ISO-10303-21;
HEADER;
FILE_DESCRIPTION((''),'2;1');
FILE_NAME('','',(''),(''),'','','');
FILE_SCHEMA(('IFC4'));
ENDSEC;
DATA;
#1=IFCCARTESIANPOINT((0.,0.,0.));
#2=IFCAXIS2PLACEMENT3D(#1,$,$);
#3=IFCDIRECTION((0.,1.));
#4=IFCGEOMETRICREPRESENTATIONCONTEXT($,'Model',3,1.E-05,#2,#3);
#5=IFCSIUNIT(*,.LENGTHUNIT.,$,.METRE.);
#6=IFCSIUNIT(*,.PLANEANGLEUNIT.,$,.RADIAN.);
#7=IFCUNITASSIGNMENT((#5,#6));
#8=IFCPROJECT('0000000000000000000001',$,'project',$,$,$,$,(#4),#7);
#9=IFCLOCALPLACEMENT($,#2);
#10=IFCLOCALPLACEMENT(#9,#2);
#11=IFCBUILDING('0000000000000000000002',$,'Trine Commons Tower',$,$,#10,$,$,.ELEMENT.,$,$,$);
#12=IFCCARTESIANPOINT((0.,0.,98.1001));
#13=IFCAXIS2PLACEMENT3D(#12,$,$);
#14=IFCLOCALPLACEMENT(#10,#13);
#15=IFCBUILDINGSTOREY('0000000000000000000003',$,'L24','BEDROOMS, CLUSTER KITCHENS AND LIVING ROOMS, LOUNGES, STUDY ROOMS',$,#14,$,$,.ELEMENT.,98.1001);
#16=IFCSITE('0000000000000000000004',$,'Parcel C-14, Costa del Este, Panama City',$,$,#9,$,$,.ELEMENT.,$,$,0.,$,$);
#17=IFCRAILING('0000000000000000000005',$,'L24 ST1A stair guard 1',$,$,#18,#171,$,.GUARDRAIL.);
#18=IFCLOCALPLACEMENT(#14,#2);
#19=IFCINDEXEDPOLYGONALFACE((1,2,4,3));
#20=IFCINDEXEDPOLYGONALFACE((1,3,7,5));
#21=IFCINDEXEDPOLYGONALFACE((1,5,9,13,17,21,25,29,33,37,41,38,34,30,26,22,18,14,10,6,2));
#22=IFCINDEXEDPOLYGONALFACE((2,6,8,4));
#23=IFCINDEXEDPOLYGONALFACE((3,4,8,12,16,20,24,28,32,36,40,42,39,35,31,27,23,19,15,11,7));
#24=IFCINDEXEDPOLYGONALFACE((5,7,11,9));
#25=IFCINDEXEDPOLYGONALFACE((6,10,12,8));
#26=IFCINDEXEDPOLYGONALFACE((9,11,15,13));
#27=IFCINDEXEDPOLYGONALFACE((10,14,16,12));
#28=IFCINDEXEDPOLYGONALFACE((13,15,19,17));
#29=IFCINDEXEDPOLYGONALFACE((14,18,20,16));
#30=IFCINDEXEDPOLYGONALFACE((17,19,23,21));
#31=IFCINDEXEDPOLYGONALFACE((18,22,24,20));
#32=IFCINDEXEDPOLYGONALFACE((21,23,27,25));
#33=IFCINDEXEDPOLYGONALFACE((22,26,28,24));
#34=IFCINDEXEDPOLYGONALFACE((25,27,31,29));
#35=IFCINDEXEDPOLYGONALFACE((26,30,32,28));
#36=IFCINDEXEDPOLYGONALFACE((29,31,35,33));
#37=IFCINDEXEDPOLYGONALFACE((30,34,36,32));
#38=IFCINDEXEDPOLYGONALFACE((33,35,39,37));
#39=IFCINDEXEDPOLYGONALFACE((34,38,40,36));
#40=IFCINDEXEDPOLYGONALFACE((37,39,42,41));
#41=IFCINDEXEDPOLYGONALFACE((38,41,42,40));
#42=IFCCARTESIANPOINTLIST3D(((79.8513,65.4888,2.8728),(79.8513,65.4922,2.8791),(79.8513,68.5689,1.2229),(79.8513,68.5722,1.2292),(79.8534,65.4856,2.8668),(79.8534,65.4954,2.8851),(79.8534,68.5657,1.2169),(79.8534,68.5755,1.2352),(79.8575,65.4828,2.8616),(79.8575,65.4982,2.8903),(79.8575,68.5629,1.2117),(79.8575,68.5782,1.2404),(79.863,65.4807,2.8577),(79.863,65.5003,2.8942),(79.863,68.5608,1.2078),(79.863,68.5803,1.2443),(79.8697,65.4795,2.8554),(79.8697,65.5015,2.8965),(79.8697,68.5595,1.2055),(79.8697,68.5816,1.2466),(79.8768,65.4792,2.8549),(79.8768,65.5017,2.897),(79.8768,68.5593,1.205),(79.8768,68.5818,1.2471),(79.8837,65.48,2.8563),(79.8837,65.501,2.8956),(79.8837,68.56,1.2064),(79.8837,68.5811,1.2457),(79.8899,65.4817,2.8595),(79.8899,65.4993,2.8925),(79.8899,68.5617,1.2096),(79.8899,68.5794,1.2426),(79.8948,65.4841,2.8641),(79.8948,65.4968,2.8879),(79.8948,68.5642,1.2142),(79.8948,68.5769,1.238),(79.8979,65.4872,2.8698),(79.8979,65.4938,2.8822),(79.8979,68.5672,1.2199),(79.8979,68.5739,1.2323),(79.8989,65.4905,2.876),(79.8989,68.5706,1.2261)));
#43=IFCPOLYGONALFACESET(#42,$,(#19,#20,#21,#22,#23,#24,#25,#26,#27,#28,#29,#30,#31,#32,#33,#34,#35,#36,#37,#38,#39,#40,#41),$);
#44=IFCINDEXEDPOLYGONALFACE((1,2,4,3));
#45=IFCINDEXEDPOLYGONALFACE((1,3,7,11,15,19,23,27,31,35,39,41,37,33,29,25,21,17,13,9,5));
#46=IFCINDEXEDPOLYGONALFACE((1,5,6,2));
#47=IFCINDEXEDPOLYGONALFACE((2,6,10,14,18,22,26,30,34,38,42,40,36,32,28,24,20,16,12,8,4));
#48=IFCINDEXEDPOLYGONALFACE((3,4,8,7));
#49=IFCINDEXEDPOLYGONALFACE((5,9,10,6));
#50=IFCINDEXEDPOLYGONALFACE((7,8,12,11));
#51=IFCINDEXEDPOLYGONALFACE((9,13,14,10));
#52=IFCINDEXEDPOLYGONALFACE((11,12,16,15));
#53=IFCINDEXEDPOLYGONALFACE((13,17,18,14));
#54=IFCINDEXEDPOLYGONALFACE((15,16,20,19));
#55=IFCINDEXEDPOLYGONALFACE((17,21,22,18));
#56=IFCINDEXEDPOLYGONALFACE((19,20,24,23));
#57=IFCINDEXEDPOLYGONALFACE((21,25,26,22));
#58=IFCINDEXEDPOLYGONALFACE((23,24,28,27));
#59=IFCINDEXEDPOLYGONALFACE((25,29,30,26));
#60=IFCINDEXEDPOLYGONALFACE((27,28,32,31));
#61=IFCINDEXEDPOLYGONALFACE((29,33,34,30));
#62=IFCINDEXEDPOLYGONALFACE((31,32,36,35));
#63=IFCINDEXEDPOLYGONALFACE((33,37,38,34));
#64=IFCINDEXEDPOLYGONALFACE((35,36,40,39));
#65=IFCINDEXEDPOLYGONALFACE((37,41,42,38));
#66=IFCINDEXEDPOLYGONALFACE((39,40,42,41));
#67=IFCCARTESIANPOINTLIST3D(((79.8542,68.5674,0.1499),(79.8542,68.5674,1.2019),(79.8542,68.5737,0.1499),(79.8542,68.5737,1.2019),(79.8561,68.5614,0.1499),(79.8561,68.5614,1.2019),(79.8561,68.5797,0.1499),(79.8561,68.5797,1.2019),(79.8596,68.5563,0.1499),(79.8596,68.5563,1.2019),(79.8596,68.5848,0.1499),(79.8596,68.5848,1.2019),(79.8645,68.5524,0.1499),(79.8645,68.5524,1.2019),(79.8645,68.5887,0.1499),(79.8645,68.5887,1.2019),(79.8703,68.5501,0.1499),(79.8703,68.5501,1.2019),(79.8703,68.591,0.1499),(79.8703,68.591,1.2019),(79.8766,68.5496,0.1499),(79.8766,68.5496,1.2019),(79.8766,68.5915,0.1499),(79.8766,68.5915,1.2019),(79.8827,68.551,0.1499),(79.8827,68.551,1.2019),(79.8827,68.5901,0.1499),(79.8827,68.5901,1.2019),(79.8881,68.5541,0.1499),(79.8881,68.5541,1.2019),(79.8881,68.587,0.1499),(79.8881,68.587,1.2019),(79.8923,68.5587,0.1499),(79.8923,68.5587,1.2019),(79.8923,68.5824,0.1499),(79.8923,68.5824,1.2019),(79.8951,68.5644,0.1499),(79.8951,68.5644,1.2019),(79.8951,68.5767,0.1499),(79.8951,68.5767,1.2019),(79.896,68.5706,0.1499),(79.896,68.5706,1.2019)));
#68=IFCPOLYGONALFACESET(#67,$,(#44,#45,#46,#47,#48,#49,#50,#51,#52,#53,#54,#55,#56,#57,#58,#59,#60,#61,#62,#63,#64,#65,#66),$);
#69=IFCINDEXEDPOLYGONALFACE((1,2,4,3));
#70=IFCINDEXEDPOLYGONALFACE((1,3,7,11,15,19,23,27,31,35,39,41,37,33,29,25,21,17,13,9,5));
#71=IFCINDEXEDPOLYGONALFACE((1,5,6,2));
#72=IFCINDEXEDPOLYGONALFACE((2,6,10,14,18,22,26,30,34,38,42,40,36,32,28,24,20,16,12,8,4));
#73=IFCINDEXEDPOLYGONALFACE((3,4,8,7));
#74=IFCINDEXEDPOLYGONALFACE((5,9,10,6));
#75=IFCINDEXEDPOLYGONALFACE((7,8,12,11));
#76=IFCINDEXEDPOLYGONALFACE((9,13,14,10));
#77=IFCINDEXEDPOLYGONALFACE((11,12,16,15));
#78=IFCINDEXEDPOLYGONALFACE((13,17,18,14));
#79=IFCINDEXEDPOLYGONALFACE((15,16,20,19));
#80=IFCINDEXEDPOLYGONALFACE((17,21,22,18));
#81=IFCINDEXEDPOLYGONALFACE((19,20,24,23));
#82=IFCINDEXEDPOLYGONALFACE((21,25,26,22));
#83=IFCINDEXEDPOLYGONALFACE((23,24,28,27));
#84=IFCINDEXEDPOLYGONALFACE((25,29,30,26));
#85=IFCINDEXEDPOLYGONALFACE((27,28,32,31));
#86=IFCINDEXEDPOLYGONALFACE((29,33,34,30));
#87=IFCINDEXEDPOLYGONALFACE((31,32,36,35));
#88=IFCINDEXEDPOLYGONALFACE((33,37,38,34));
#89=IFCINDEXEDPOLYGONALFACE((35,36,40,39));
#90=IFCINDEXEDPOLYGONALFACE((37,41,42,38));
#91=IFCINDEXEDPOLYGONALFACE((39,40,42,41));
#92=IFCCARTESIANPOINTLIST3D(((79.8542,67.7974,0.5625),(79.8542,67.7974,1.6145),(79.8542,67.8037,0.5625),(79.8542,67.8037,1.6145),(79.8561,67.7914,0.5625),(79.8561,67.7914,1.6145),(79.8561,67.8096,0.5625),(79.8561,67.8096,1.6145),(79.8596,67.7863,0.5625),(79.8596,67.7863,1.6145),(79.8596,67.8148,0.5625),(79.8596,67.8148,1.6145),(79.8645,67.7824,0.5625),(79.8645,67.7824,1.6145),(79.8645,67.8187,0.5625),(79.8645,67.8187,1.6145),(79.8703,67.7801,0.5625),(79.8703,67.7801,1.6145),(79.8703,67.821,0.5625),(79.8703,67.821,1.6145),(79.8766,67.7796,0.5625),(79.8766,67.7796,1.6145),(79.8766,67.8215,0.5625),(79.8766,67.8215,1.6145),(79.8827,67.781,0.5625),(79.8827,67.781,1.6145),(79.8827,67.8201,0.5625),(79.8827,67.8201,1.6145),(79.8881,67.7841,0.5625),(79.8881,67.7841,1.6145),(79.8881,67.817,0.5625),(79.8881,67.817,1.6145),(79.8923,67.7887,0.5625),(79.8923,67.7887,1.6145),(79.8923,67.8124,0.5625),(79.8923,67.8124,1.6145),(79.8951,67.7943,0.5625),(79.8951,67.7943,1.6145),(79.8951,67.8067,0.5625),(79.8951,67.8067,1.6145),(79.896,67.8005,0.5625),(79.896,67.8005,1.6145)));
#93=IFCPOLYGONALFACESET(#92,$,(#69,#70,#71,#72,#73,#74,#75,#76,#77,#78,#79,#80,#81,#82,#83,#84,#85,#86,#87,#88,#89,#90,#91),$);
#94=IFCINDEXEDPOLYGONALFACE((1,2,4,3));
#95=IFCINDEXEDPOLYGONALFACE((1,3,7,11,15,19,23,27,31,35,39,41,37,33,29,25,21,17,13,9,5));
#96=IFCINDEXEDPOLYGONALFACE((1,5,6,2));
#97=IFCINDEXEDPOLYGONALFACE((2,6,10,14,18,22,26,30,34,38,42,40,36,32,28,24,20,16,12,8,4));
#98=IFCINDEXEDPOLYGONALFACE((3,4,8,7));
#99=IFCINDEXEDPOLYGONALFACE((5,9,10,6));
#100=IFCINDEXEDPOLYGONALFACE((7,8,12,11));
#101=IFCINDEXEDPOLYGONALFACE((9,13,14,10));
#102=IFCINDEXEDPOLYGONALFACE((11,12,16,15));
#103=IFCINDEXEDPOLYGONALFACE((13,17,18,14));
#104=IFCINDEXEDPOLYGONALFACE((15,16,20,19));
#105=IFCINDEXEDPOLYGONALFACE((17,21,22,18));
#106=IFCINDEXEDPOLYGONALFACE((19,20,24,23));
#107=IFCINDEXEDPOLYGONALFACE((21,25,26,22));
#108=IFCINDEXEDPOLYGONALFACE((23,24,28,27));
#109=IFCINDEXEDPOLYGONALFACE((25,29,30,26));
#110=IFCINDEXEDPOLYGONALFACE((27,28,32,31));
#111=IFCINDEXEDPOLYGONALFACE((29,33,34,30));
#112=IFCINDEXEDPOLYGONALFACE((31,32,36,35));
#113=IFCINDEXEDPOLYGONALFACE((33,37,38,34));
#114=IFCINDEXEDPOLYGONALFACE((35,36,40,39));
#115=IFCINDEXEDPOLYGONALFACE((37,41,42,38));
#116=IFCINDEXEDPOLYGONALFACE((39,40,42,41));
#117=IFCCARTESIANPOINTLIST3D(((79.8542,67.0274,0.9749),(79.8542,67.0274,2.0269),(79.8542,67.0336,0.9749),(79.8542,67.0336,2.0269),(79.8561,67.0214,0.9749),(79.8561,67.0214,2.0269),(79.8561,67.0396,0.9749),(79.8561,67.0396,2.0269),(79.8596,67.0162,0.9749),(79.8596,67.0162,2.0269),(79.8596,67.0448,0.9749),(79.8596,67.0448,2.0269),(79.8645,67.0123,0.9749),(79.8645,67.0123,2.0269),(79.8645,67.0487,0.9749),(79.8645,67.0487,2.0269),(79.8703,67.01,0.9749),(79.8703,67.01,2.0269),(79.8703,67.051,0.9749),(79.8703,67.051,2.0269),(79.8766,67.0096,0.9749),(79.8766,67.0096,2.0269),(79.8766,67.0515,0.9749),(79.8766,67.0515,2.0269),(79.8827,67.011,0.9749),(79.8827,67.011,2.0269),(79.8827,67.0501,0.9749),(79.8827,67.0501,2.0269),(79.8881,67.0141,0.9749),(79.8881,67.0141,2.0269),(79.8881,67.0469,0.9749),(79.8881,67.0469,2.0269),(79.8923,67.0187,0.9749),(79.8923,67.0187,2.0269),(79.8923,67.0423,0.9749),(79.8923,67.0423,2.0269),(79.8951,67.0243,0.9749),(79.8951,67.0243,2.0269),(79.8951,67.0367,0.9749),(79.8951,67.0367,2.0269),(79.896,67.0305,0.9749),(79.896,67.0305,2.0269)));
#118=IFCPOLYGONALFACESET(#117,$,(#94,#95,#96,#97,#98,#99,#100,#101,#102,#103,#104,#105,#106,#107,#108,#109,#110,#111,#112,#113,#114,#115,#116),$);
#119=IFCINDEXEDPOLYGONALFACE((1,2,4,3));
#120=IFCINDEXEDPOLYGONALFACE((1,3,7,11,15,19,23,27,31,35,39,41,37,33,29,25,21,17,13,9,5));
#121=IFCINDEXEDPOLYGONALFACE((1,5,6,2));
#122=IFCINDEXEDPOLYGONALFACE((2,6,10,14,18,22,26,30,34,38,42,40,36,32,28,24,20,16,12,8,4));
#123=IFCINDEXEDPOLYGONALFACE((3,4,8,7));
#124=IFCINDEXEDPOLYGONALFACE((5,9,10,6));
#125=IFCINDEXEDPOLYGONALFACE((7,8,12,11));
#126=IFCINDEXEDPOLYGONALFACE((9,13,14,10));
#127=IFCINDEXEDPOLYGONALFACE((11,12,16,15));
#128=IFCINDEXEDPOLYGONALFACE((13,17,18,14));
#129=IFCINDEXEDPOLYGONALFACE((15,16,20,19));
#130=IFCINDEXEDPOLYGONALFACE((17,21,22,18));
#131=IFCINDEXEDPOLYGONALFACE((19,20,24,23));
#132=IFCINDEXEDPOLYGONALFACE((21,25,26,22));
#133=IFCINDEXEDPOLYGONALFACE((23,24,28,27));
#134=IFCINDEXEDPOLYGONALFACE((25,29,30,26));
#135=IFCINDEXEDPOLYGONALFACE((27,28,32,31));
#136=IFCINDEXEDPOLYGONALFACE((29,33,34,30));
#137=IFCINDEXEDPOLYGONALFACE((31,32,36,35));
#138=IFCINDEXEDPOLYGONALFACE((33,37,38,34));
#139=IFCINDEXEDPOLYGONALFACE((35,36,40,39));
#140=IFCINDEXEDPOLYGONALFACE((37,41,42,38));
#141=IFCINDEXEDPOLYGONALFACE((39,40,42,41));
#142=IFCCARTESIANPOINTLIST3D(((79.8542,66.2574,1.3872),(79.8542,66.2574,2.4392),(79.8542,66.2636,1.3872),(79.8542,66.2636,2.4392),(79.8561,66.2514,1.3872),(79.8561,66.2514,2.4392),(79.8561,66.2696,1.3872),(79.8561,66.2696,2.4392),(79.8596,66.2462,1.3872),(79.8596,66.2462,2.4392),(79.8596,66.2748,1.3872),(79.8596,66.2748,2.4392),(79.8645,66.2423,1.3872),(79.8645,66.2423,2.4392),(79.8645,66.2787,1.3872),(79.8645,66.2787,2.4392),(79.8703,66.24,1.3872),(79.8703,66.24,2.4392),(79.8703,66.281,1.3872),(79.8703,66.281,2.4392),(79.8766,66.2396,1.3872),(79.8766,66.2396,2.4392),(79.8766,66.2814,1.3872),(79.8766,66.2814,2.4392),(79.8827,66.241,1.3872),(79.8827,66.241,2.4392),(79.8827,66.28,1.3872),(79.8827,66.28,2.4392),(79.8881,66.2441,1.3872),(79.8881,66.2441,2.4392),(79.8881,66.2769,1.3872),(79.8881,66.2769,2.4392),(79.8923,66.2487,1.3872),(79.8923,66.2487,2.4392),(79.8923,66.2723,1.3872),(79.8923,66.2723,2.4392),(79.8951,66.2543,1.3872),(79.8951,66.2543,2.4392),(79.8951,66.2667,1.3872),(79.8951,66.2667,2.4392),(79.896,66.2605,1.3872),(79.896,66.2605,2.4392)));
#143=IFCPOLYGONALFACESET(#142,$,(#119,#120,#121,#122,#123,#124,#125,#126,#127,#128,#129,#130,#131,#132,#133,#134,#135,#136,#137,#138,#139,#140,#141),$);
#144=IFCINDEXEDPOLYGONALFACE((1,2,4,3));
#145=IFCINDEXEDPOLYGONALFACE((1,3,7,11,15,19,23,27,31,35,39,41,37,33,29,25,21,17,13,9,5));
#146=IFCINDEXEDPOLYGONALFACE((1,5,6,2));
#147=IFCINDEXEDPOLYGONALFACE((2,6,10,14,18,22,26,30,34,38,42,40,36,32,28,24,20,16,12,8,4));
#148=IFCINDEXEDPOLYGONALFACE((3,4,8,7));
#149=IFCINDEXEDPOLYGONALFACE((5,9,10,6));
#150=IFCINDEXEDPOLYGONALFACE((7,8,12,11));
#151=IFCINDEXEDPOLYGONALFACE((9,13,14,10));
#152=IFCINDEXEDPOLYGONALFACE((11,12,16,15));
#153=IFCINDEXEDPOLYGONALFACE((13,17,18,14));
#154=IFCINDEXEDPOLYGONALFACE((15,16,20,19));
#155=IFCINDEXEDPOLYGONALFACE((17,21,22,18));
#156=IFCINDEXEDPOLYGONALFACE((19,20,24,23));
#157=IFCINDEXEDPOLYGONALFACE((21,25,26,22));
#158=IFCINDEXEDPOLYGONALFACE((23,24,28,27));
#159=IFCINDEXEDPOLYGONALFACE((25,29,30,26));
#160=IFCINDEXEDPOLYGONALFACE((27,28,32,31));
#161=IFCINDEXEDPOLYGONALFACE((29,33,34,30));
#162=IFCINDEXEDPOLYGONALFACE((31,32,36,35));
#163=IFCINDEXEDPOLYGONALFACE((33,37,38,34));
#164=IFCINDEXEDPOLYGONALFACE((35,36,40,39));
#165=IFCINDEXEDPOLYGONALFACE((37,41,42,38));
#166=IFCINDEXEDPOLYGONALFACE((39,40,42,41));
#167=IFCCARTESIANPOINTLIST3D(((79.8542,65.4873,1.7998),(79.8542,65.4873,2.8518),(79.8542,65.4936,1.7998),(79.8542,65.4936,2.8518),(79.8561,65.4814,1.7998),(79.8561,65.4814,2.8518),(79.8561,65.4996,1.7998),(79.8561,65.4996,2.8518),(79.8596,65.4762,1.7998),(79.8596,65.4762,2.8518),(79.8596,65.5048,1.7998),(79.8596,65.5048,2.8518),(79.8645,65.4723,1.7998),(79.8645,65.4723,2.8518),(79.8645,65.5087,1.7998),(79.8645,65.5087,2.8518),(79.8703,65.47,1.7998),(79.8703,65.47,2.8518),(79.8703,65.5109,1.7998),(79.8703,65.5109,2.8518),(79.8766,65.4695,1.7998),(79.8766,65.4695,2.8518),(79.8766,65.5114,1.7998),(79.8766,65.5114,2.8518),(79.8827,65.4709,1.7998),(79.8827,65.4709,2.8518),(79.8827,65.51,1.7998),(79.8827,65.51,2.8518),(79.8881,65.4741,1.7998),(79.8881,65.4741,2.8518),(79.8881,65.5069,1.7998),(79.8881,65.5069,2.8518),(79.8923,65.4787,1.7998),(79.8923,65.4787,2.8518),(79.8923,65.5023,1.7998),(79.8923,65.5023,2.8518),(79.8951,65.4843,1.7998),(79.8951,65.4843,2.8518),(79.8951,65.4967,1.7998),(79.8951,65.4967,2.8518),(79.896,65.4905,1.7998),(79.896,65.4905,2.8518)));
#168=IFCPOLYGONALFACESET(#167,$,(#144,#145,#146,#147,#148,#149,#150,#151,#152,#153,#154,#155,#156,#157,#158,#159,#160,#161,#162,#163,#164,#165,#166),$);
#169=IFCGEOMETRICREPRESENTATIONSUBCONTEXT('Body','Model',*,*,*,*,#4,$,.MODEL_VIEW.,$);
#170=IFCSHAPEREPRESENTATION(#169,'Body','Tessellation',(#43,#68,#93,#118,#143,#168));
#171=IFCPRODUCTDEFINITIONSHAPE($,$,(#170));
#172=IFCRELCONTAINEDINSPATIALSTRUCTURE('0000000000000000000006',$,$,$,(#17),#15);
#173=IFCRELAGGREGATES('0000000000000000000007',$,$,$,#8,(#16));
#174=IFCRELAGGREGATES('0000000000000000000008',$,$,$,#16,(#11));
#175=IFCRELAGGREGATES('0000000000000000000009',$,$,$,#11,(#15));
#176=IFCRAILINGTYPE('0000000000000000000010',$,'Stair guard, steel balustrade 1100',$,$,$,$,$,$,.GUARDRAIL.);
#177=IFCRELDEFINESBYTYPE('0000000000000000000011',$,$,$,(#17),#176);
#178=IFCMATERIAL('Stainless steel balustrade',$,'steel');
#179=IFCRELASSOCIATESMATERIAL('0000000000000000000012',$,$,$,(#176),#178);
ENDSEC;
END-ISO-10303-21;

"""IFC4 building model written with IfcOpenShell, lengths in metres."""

from ifc_helpers import new_model, si_unit, direction, frame, origin, origin_2d, place, context, subcontext, project, spatial, circle, extrude, material, type_object, element, save


model = new_model("IFC4")

# Units and contexts
model_context = context("Model", 3, precision=1e-05, world=origin(), true_north=direction((0.0, 1.0)))
body_context = subcontext(model_context, "Body", "Model", "MODEL_VIEW")
ifc_project = project(units=[si_unit("LENGTHUNIT", "METRE"), si_unit("PLANEANGLEUNIT", "RADIAN")], contexts=[model_context])

# Site, building, storey
site_placement = place(None, origin())
site = spatial("IfcSite", under=ifc_project, at=site_placement, Name="Parcel C-14, Costa del Este, Panama City", CompositionType="ELEMENT", RefElevation=0.0)
building_placement = place(site_placement, origin())
building = spatial("IfcBuilding", under=site, at=building_placement, Name="Trine Commons Tower", CompositionType="ELEMENT")
storey_placement = place(building_placement, frame((0.0, 0.0, 98.1001)))
storey = spatial("IfcBuildingStorey", under=building, at=storey_placement, Name="L24", Description="BEDROOMS, CLUSTER KITCHENS AND LIVING ROOMS, LOUNGES, STUDY ROOMS", CompositionType="ELEMENT", Elevation=98.1001)

# Railing
ifc_material_1 = material(Name="Stainless steel balustrade", Category="steel")
railing_type_1 = type_object("IfcRailingType", Name="Stair guard, steel balustrade 1100", PredefinedType="GUARDRAIL", material=ifc_material_1)
railing_1_placement = place(storey_placement, frame((79.875, 68.5706, 0.1499)))
element("IfcRailing", 1, at=railing_1_placement, inside=storey, type_object=railing_type_1, Name="L24 ST1A stair guard 1", PredefinedType="GUARDRAIL", context=body_context, shape_type="SweptSolid", body=[
    extrude(circle(Radius=0.0239, at=origin_2d()), frame((0.0, 0.0, 1.0762), z_axis=(0.0, -0.881497, 0.47219), x_axis=(1.0, 0.0, 0.0)), (0.0, 0.0, 1.0), 3.4941),
    extrude(circle(Radius=0.021, at=origin_2d()), origin(), (0.0, 0.0, 1.0), 1.052),
    extrude(circle(Radius=0.021, at=origin_2d()), frame((0.0, -0.77, 0.4126)), (0.0, 0.0, 1.0), 1.052),
    extrude(circle(Radius=0.021, at=origin_2d()), frame((0.0, -1.54, 0.825)), (0.0, 0.0, 1.0), 1.052),
    extrude(circle(Radius=0.021, at=origin_2d()), frame((0.0, -2.3101, 1.2373)), (0.0, 0.0, 1.0), 1.052),
    extrude(circle(Radius=0.021, at=origin_2d()), frame((0.0, -3.0801, 1.6499)), (0.0, 0.0, 1.0), 1.052),
])

save(model, "model.ifc")
